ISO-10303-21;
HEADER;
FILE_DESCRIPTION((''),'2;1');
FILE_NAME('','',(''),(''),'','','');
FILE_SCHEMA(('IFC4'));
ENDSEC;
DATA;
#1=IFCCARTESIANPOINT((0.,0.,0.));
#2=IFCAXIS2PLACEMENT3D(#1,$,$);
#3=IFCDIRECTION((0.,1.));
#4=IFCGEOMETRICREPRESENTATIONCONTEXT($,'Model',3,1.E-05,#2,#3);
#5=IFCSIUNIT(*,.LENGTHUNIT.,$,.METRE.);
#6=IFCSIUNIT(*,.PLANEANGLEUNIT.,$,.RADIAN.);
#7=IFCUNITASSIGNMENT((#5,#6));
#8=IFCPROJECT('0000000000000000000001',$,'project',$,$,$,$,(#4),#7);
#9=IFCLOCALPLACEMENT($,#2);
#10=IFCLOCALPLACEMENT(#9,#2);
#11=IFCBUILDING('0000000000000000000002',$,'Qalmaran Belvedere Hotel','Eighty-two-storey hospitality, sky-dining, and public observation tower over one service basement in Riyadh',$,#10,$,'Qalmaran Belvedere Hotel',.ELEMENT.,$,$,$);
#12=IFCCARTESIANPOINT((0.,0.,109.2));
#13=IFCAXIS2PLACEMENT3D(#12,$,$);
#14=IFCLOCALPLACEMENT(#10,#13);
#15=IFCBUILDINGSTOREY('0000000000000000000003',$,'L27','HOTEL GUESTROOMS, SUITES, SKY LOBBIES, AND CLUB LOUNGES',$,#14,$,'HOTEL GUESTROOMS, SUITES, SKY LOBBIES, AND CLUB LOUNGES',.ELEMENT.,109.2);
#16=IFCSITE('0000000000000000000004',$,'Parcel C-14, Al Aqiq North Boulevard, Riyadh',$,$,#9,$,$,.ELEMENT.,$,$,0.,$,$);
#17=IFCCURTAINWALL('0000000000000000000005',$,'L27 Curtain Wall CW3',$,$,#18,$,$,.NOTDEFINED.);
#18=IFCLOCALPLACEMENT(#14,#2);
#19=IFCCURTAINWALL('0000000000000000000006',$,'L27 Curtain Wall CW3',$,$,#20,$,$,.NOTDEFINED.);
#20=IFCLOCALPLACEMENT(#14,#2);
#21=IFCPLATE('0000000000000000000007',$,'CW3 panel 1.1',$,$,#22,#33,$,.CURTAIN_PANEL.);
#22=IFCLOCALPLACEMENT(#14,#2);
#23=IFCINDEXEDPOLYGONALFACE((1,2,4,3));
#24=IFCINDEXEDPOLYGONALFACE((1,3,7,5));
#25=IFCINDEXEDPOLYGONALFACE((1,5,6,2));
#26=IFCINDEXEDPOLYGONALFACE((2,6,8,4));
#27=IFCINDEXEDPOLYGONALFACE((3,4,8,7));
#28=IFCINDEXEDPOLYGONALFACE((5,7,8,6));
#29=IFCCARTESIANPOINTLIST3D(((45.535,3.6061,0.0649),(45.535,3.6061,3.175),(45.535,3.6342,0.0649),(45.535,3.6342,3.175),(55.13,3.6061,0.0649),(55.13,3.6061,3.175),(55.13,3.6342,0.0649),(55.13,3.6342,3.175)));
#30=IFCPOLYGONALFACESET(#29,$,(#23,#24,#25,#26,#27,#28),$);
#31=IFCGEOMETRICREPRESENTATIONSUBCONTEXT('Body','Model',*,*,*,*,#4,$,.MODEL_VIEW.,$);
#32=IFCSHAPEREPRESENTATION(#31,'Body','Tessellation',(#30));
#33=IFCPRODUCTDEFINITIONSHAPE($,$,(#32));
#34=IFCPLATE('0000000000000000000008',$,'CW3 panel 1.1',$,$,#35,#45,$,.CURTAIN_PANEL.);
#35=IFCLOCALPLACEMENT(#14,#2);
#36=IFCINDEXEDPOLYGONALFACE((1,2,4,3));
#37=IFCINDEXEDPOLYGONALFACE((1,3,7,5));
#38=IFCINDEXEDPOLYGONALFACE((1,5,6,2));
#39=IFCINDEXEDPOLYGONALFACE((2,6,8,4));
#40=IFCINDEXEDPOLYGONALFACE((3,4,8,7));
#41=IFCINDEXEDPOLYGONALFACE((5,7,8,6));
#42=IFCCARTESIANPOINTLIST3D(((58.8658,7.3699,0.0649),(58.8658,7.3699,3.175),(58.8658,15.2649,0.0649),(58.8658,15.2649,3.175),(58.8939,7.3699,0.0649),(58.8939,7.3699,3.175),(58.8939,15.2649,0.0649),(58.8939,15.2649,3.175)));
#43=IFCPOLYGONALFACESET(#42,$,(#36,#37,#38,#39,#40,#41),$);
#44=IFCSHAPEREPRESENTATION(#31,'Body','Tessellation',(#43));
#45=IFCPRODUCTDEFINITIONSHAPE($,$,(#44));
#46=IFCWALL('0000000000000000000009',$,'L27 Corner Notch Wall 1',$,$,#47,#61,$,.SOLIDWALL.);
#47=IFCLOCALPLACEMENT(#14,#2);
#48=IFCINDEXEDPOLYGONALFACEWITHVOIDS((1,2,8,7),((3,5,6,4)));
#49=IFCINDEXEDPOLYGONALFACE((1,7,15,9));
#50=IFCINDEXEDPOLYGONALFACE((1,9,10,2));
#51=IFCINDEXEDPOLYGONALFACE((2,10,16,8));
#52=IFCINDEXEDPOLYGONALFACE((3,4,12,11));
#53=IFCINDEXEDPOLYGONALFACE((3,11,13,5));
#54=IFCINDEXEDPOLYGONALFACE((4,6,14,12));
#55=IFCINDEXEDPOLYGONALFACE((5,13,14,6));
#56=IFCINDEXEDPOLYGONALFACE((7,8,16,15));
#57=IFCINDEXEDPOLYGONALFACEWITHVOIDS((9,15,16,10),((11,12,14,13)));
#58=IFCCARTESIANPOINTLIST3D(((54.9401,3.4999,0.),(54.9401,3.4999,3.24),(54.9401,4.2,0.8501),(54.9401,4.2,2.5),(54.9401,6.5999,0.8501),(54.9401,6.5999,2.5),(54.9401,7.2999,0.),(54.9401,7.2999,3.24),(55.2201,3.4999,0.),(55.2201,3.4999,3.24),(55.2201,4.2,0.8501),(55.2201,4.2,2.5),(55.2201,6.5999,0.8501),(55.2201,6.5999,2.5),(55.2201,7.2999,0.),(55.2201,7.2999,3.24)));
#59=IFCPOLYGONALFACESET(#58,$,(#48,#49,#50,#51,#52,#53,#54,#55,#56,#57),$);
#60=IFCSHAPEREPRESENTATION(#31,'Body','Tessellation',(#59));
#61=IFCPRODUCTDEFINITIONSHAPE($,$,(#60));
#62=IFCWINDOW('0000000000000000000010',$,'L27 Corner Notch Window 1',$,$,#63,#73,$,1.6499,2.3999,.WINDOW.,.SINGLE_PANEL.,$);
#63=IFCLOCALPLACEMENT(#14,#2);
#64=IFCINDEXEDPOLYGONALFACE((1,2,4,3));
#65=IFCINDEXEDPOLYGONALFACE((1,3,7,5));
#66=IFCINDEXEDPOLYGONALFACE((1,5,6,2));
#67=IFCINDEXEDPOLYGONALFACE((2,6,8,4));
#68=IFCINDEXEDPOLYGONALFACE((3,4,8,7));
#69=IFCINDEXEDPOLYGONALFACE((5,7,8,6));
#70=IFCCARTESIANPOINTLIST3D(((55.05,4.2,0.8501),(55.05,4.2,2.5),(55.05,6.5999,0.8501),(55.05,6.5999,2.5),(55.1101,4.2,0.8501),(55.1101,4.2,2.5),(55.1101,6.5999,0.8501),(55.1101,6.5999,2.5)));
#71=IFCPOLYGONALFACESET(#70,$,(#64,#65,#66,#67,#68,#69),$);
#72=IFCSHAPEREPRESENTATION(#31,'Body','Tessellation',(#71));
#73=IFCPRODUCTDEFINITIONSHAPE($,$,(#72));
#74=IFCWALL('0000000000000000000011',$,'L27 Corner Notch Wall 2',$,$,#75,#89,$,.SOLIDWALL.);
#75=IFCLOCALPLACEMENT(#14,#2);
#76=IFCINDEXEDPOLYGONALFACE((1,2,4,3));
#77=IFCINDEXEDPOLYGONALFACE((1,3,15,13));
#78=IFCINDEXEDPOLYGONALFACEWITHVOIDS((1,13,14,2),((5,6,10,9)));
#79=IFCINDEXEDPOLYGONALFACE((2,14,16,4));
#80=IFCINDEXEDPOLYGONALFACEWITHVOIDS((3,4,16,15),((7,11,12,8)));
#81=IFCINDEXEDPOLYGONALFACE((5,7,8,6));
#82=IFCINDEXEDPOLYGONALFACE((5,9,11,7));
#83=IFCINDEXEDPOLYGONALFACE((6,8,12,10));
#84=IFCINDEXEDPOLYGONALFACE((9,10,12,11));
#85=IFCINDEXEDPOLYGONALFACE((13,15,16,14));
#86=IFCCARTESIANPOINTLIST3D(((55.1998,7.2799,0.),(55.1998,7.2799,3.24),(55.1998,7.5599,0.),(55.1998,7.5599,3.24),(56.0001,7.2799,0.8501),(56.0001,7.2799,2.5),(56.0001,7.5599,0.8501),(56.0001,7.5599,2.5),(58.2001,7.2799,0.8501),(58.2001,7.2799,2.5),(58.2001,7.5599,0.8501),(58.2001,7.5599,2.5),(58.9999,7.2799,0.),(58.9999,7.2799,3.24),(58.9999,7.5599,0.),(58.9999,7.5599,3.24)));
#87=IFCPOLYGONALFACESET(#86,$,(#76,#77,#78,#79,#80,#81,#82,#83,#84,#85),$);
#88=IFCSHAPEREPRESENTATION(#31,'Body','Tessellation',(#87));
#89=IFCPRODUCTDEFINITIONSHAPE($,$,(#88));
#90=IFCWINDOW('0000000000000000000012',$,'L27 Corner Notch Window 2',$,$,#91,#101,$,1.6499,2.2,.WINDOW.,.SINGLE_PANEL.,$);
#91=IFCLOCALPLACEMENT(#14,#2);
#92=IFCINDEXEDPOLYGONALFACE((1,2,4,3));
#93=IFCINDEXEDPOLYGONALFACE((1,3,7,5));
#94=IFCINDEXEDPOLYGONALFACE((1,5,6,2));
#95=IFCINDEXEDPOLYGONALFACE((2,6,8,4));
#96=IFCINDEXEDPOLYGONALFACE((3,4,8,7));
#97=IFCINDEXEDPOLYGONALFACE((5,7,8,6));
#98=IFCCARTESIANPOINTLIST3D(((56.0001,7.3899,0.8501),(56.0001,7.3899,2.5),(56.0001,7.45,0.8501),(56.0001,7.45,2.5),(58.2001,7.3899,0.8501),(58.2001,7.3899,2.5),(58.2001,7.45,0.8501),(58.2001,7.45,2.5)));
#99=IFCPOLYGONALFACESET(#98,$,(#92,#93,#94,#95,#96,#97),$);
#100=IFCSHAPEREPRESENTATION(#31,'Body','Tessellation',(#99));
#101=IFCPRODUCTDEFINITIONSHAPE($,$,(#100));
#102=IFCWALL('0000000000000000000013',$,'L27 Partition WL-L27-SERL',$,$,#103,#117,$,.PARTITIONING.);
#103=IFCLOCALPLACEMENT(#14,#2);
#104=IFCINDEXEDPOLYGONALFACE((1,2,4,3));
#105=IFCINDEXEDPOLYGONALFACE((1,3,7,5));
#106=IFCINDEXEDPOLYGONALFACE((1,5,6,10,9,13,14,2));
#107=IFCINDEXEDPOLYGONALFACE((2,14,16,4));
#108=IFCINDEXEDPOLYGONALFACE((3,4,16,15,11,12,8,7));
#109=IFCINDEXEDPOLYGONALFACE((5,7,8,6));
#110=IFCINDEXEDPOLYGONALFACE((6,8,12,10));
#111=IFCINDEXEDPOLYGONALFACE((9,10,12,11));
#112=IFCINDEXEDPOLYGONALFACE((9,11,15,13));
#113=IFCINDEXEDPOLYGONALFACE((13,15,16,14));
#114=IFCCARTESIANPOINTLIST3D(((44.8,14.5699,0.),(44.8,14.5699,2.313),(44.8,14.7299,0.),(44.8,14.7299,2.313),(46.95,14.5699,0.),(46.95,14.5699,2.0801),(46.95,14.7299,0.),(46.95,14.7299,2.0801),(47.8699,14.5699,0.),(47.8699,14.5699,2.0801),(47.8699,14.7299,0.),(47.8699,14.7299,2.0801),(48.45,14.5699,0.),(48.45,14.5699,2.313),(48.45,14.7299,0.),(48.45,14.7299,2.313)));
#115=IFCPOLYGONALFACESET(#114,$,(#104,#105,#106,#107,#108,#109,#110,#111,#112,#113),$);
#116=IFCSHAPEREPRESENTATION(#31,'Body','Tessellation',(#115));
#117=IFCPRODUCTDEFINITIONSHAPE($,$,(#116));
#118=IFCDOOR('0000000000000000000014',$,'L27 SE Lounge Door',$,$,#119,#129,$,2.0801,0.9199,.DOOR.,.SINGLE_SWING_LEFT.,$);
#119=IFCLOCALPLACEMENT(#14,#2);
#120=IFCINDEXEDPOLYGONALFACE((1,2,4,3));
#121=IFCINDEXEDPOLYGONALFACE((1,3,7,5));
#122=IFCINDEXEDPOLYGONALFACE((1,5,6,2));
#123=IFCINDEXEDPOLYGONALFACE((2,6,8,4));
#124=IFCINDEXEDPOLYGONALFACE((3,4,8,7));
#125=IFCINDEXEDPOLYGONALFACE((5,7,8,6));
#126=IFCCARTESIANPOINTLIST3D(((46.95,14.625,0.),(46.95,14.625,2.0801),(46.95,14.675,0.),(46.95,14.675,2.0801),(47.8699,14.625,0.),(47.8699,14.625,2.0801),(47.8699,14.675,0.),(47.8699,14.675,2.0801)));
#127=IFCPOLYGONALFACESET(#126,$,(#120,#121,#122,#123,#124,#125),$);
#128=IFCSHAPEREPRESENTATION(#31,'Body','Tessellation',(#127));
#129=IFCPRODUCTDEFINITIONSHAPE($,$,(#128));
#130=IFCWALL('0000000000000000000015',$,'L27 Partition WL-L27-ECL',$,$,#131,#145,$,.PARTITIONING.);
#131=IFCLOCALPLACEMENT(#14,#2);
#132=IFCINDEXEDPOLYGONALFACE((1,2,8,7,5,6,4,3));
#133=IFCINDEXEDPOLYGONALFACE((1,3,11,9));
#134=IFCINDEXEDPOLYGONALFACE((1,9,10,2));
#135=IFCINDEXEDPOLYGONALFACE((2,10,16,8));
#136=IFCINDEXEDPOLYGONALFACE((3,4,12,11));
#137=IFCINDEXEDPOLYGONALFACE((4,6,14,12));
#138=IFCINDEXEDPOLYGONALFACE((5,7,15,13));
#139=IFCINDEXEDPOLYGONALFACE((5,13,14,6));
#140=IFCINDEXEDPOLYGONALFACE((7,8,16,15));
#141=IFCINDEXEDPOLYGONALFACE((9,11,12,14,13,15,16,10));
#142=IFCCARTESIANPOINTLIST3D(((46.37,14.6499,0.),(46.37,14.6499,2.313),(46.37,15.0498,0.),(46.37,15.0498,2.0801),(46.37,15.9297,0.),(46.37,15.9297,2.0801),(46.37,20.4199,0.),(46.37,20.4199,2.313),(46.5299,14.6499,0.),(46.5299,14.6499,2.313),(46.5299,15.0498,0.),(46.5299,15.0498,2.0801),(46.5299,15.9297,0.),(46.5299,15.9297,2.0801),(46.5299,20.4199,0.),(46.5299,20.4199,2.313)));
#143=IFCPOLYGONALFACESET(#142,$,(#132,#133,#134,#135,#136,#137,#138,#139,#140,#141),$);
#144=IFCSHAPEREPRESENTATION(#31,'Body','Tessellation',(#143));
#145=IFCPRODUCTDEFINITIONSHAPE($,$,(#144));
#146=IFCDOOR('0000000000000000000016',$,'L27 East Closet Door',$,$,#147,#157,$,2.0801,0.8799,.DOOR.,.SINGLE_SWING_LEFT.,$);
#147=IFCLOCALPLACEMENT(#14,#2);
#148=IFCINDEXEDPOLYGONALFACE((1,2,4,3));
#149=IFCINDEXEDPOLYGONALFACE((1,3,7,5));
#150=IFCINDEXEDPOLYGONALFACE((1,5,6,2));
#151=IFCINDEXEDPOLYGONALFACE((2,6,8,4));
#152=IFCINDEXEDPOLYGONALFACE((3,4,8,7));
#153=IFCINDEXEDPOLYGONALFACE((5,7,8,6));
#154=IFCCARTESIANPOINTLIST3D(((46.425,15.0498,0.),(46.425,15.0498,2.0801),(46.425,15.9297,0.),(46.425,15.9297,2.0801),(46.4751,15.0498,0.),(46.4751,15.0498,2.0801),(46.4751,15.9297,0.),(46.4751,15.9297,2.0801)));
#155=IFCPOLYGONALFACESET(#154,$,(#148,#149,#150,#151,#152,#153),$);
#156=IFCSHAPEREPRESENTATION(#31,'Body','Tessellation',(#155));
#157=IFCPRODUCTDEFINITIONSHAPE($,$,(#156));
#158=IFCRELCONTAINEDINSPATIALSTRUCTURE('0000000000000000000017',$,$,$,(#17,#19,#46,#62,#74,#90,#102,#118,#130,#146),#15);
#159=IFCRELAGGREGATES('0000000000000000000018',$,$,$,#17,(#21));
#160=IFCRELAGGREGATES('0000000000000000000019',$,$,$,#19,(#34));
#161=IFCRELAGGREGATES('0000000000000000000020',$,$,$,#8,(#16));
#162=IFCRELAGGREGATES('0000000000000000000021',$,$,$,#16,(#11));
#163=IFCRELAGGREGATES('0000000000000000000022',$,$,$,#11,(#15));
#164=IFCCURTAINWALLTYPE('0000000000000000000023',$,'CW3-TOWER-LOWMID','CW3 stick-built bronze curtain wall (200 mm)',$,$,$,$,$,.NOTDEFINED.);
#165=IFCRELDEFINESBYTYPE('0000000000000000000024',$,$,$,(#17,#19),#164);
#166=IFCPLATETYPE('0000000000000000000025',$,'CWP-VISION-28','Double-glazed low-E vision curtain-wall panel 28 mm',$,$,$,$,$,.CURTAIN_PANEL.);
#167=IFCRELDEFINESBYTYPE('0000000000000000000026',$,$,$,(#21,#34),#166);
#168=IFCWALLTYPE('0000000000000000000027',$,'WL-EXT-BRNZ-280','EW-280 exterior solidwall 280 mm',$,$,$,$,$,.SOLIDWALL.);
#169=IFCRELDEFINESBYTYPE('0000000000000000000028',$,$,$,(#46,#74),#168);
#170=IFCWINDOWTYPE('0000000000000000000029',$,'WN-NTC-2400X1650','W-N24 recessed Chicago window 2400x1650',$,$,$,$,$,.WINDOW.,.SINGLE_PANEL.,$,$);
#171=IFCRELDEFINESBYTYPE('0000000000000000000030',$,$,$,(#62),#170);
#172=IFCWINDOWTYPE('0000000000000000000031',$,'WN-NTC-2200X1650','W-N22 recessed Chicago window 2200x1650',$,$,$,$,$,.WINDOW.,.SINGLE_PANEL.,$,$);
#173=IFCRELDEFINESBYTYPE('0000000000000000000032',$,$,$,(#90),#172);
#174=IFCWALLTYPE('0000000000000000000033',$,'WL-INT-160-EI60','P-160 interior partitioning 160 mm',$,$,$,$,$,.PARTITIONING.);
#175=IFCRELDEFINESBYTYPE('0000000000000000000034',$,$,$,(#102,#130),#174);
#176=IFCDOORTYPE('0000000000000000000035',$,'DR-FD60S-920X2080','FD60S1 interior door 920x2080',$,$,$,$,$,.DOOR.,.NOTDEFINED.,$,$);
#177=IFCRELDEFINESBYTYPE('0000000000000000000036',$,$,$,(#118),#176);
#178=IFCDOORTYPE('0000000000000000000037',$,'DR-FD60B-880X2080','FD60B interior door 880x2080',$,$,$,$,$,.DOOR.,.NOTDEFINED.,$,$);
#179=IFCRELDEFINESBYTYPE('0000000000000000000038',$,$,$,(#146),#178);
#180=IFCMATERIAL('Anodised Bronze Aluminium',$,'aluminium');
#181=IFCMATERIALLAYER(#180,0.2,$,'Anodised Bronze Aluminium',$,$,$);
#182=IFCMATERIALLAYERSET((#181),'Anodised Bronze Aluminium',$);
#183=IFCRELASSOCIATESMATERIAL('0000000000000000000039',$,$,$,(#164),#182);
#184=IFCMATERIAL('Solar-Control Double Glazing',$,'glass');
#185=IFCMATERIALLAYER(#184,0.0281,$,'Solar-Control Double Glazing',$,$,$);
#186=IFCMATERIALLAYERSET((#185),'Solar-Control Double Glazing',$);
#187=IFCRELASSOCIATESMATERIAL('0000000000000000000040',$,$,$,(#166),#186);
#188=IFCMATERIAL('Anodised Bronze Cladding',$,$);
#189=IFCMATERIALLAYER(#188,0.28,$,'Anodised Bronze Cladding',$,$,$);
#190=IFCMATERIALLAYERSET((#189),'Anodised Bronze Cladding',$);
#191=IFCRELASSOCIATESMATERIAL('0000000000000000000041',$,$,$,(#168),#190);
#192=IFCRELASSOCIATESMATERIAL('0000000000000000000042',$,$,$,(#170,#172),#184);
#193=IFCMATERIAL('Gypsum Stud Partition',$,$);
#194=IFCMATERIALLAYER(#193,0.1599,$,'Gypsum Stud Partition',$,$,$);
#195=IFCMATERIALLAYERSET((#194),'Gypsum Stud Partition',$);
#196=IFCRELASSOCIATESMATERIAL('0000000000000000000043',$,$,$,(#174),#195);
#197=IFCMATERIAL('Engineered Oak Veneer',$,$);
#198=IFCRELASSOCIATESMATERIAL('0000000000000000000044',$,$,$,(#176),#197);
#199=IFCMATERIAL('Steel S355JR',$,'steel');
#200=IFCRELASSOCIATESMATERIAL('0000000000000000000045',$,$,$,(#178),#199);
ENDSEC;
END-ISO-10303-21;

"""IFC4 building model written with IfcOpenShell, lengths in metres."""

from ifc_helpers import new_model, si_unit, direction, frame, frame_2d, origin, origin_2d, place, context, subcontext, project, spatial, rectangle, extrude, material, layer, layer_set, type_object, element, fill, aggregate, save


model = new_model("IFC4")

# Units and contexts
model_context = context("Model", 3, precision=1e-05, world=origin(), true_north=direction((0.0, 1.0)))
body_context = subcontext(model_context, "Body", "Model", "MODEL_VIEW")
ifc_project = project(units=[si_unit("LENGTHUNIT", "METRE"), si_unit("PLANEANGLEUNIT", "RADIAN")], contexts=[model_context])

# Site, building, storey
site_placement = place(None, origin())
site = spatial("IfcSite", under=ifc_project, at=site_placement, Name="Parcel C-14, Al Aqiq North Boulevard, Riyadh", CompositionType="ELEMENT", RefElevation=0.0)
building_placement = place(site_placement, origin())
building = spatial("IfcBuilding", under=site, at=building_placement, Name="Qalmaran Belvedere Hotel", Description="Eighty-two-storey hospitality, sky-dining, and public observation tower over one service basement in Riyadh", LongName="Qalmaran Belvedere Hotel", CompositionType="ELEMENT")
storey_placement = place(building_placement, frame((0.0, 0.0, 109.2)))
storey = spatial("IfcBuildingStorey", under=building, at=storey_placement, Name="L27", Description="HOTEL GUESTROOMS, SUITES, SKY LOBBIES, AND CLUB LOUNGES", LongName="HOTEL GUESTROOMS, SUITES, SKY LOBBIES, AND CLUB LOUNGES", CompositionType="ELEMENT", Elevation=109.2)

# Shared definitions
ifc_material_1 = material(Name="Steel S355JR", Category="steel")

# Curtain wall
ifc_material_2 = material(Name="Anodised Bronze Aluminium", Category="aluminium")
ifc_layer_1 = layer(ifc_material_2, 0.2, Name="Anodised Bronze Aluminium")
ifc_layer_set_1 = layer_set([ifc_layer_1], Name="Anodised Bronze Aluminium")
curtain_wall_type = type_object("IfcCurtainWallType", Name="CW3-TOWER-LOWMID", Description="CW3 stick-built bronze curtain wall (200 mm)", PredefinedType="NOTDEFINED", material=ifc_layer_set_1)
curtain_wall_1_placement = place(storey_placement, origin())
curtain_wall_1 = element("IfcCurtainWall", 1, at=curtain_wall_1_placement, inside=storey, type_object=curtain_wall_type, Name="L27 Curtain Wall CW3", PredefinedType="NOTDEFINED")

# Curtain wall
curtain_wall_2_placement = place(storey_placement, origin())
curtain_wall_2 = element("IfcCurtainWall", 2, at=curtain_wall_2_placement, inside=storey, type_object=curtain_wall_type, Name="L27 Curtain Wall CW3", PredefinedType="NOTDEFINED")

# Plates
ifc_material_3 = material(Name="Solar-Control Double Glazing", Category="glass")
ifc_layer_2 = layer(ifc_material_3, 0.0281, Name="Solar-Control Double Glazing")
ifc_layer_set_2 = layer_set([ifc_layer_2], Name="Solar-Control Double Glazing")
plate_type = type_object("IfcPlateType", Name="CWP-VISION-28", Description="Double-glazed low-E vision curtain-wall panel 28 mm", PredefinedType="CURTAIN_PANEL", material=ifc_layer_set_2)
plate_1_placement = place(storey_placement, frame((50.3325, 3.6201, 0.0649), z_axis=(0.0, 0.0, 1.0), x_axis=(1.0, 0.0, 0.0)))
plate_1 = element("IfcPlate", 3, at=plate_1_placement, type_object=plate_type, Name="CW3 panel 1.1", PredefinedType="CURTAIN_PANEL", context=body_context, shape_type="SweptSolid", body=[
    extrude(rectangle(XDim=9.595, YDim=0.0281, at=origin_2d()), origin(), (0.0, 0.0, 1.0), 3.1101),
])
aggregate(curtain_wall_1, [plate_1])
plate_2_placement = place(storey_placement, frame((58.8799, 11.3174, 0.0649), z_axis=(0.0, 0.0, 1.0), x_axis=(0.0, 1.0, 0.0)))
plate_2 = element("IfcPlate", 4, at=plate_2_placement, type_object=plate_type, Name="CW3 panel 1.1", PredefinedType="CURTAIN_PANEL", context=body_context, shape_type="SweptSolid", body=[
    extrude(rectangle(XDim=7.895, YDim=0.0281, at=origin_2d()), origin(), (0.0, 0.0, 1.0), 3.1101),
])
aggregate(curtain_wall_2, [plate_2])

# Walls, openings, windows
ifc_material_4 = material(Name="Anodised Bronze Cladding")
ifc_layer_3 = layer(ifc_material_4, 0.28, Name="Anodised Bronze Cladding")
ifc_layer_set_3 = layer_set([ifc_layer_3], Name="Anodised Bronze Cladding")
wall_type_1 = type_object("IfcWallType", Name="WL-EXT-BRNZ-280", Description="EW-280 exterior solidwall 280 mm", PredefinedType="SOLIDWALL", material=ifc_layer_set_3)
wall_1_placement = place(storey_placement, frame((55.0801, 3.5, 0.0), z_axis=(0.0, 0.0, 1.0), x_axis=(0.0, 1.0, 0.0)))
wall_1 = element("IfcWall", 5, at=wall_1_placement, inside=storey, type_object=wall_type_1, Name="L27 Corner Notch Wall 1", PredefinedType="SOLIDWALL", context=body_context, shape_type="SweptSolid", body=[
    extrude(rectangle(XDim=3.8, YDim=0.28, at=frame_2d((1.8999, 0.0))), origin(), (0.0, 0.0, 1.0), 3.24),
])
opening_1_placement = place(wall_1_placement, frame((0.7, 0.0, 0.8501)))
opening_1 = element("IfcOpeningElement", 6, at=opening_1_placement, cuts=wall_1, PredefinedType="OPENING", context=body_context, shape_type="SweptSolid", body=[
    extrude(rectangle(XDim=2.3999, YDim=1.6499, at=frame_2d((1.2, 0.825))), frame((0.0, 0.1499, 0.0), z_axis=(0.0, -1.0, 0.0), x_axis=(1.0, 0.0, 0.0)), (0.0, 0.0, 1.0), 0.3),
])
window_type_1 = type_object("IfcWindowType", Name="WN-NTC-2400X1650", Description="W-N24 recessed Chicago window 2400x1650", PartitioningType="SINGLE_PANEL", PredefinedType="WINDOW", material=ifc_material_3)
window_1_placement = place(opening_1_placement, origin())
window_1 = element("IfcWindow", 7, at=window_1_placement, inside=storey, type_object=window_type_1, Name="L27 Corner Notch Window 1", OverallHeight=1.6499, OverallWidth=2.3999, PartitioningType="SINGLE_PANEL", PredefinedType="WINDOW", context=body_context, shape_type="SweptSolid", body=[
    extrude(rectangle(XDim=2.3999, YDim=1.6499, at=frame_2d((1.2, 0.825))), frame((0.0, 0.03, 0.0), z_axis=(0.0, -1.0, 0.0), x_axis=(1.0, 0.0, 0.0)), (0.0, 0.0, 1.0), 0.0601),
])
fill(opening_1, window_1)
wall_2_placement = place(storey_placement, frame((55.2, 7.4199, 0.0), z_axis=(0.0, 0.0, 1.0), x_axis=(1.0, 0.0, 0.0)))
wall_2 = element("IfcWall", 8, at=wall_2_placement, inside=storey, type_object=wall_type_1, Name="L27 Corner Notch Wall 2", PredefinedType="SOLIDWALL", context=body_context, shape_type="SweptSolid", body=[
    extrude(rectangle(XDim=3.8, YDim=0.28, at=frame_2d((1.8999, 0.0))), origin(), (0.0, 0.0, 1.0), 3.24),
])
opening_2_placement = place(wall_2_placement, frame((0.8, 0.0, 0.8501)))
opening_2 = element("IfcOpeningElement", 9, at=opening_2_placement, cuts=wall_2, PredefinedType="OPENING", context=body_context, shape_type="SweptSolid", body=[
    extrude(rectangle(XDim=2.2, YDim=1.6499, at=frame_2d((1.1001, 0.825))), frame((0.0, 0.1499, 0.0), z_axis=(0.0, -1.0, 0.0), x_axis=(1.0, 0.0, 0.0)), (0.0, 0.0, 1.0), 0.3),
])
window_type_2 = type_object("IfcWindowType", Name="WN-NTC-2200X1650", Description="W-N22 recessed Chicago window 2200x1650", PartitioningType="SINGLE_PANEL", PredefinedType="WINDOW", material=ifc_material_3)
window_2_placement = place(opening_2_placement, origin())
window_2 = element("IfcWindow", 10, at=window_2_placement, inside=storey, type_object=window_type_2, Name="L27 Corner Notch Window 2", OverallHeight=1.6499, OverallWidth=2.2, PartitioningType="SINGLE_PANEL", PredefinedType="WINDOW", context=body_context, shape_type="SweptSolid", body=[
    extrude(rectangle(XDim=2.2, YDim=1.6499, at=frame_2d((1.1001, 0.825))), frame((0.0, 0.03, 0.0), z_axis=(0.0, -1.0, 0.0), x_axis=(1.0, 0.0, 0.0)), (0.0, 0.0, 1.0), 0.0601),
])
fill(opening_2, window_2)

# Walls, openings, doors
ifc_material_5 = material(Name="Gypsum Stud Partition")
ifc_layer_4 = layer(ifc_material_5, 0.1599, Name="Gypsum Stud Partition")
ifc_layer_set_4 = layer_set([ifc_layer_4], Name="Gypsum Stud Partition")
wall_type_2 = type_object("IfcWallType", Name="WL-INT-160-EI60", Description="P-160 interior partitioning 160 mm", PredefinedType="PARTITIONING", material=ifc_layer_set_4)
wall_3_placement = place(storey_placement, frame((44.8, 14.6499, 0.0), z_axis=(0.0, 0.0, 1.0), x_axis=(1.0, 0.0, 0.0)))
wall_3 = element("IfcWall", 11, at=wall_3_placement, inside=storey, type_object=wall_type_2, Name="L27 Partition WL-L27-SERL", PredefinedType="PARTITIONING", context=body_context, shape_type="SweptSolid", body=[
    extrude(rectangle(XDim=3.6499, YDim=0.1599, at=frame_2d((1.825, 0.0))), origin(), (0.0, 0.0, 1.0), 2.313),
])
opening_3_placement = place(wall_3_placement, frame((3.0698, 0.0, 0.0), z_axis=(0.0, 0.0, 1.0), x_axis=(-1.0, 0.0, 0.0)))
opening_3 = element("IfcOpeningElement", 12, at=opening_3_placement, cuts=wall_3, PredefinedType="OPENING", context=body_context, shape_type="SweptSolid", body=[
    extrude(rectangle(XDim=0.9199, YDim=2.0801, at=frame_2d((0.46, 1.04))), frame((0.0, 0.0898, 0.0), z_axis=(0.0, -1.0, 0.0), x_axis=(1.0, 0.0, 0.0)), (0.0, 0.0, 1.0), 0.1799),
])
ifc_material_6 = material(Name="Engineered Oak Veneer")
door_type_1 = type_object("IfcDoorType", Name="DR-FD60S-920X2080", Description="FD60S1 interior door 920x2080", OperationType="NOTDEFINED", PredefinedType="DOOR", material=ifc_material_6)
door_1_placement = place(opening_3_placement, origin())
door_1 = element("IfcDoor", 13, at=door_1_placement, inside=storey, type_object=door_type_1, Name="L27 SE Lounge Door", OperationType="SINGLE_SWING_LEFT", OverallHeight=2.0801, OverallWidth=0.9199, PredefinedType="DOOR", context=body_context, shape_type="SweptSolid", body=[
    extrude(rectangle(XDim=0.9199, YDim=2.0801, at=frame_2d((0.46, 1.04))), frame((0.0, 0.0249, 0.0), z_axis=(0.0, -1.0, 0.0), x_axis=(1.0, 0.0, 0.0)), (0.0, 0.0, 1.0), 0.05),
])
fill(opening_3, door_1)
wall_4_placement = place(storey_placement, frame((46.45, 14.6499, 0.0), z_axis=(0.0, 0.0, 1.0), x_axis=(0.0, 1.0, 0.0)))
wall_4 = element("IfcWall", 14, at=wall_4_placement, inside=storey, type_object=wall_type_2, Name="L27 Partition WL-L27-ECL", PredefinedType="PARTITIONING", context=body_context, shape_type="SweptSolid", body=[
    extrude(rectangle(XDim=5.77, YDim=0.1599, at=frame_2d((2.885, 0.0))), origin(), (0.0, 0.0, 1.0), 2.313),
])
opening_4_placement = place(wall_4_placement, frame((0.3999, 0.0, 0.0)))
opening_4 = element("IfcOpeningElement", 15, at=opening_4_placement, cuts=wall_4, PredefinedType="OPENING", context=body_context, shape_type="SweptSolid", body=[
    extrude(rectangle(XDim=0.8799, YDim=2.0801, at=frame_2d((0.4399, 1.04))), frame((0.0, 0.0898, 0.0), z_axis=(0.0, -1.0, 0.0), x_axis=(1.0, 0.0, 0.0)), (0.0, 0.0, 1.0), 0.1799),
])
door_type_2 = type_object("IfcDoorType", Name="DR-FD60B-880X2080", Description="FD60B interior door 880x2080", OperationType="NOTDEFINED", PredefinedType="DOOR", material=ifc_material_1)
door_2_placement = place(opening_4_placement, origin())
door_2 = element("IfcDoor", 16, at=door_2_placement, inside=storey, type_object=door_type_2, Name="L27 East Closet Door", OperationType="SINGLE_SWING_LEFT", OverallHeight=2.0801, OverallWidth=0.8799, PredefinedType="DOOR", context=body_context, shape_type="SweptSolid", body=[
    extrude(rectangle(XDim=0.8799, YDim=2.0801, at=frame_2d((0.4399, 1.04))), frame((0.0, 0.0249, 0.0), z_axis=(0.0, -1.0, 0.0), x_axis=(1.0, 0.0, 0.0)), (0.0, 0.0, 1.0), 0.05),
])
fill(opening_4, door_2)

save(model, "model.ifc")
